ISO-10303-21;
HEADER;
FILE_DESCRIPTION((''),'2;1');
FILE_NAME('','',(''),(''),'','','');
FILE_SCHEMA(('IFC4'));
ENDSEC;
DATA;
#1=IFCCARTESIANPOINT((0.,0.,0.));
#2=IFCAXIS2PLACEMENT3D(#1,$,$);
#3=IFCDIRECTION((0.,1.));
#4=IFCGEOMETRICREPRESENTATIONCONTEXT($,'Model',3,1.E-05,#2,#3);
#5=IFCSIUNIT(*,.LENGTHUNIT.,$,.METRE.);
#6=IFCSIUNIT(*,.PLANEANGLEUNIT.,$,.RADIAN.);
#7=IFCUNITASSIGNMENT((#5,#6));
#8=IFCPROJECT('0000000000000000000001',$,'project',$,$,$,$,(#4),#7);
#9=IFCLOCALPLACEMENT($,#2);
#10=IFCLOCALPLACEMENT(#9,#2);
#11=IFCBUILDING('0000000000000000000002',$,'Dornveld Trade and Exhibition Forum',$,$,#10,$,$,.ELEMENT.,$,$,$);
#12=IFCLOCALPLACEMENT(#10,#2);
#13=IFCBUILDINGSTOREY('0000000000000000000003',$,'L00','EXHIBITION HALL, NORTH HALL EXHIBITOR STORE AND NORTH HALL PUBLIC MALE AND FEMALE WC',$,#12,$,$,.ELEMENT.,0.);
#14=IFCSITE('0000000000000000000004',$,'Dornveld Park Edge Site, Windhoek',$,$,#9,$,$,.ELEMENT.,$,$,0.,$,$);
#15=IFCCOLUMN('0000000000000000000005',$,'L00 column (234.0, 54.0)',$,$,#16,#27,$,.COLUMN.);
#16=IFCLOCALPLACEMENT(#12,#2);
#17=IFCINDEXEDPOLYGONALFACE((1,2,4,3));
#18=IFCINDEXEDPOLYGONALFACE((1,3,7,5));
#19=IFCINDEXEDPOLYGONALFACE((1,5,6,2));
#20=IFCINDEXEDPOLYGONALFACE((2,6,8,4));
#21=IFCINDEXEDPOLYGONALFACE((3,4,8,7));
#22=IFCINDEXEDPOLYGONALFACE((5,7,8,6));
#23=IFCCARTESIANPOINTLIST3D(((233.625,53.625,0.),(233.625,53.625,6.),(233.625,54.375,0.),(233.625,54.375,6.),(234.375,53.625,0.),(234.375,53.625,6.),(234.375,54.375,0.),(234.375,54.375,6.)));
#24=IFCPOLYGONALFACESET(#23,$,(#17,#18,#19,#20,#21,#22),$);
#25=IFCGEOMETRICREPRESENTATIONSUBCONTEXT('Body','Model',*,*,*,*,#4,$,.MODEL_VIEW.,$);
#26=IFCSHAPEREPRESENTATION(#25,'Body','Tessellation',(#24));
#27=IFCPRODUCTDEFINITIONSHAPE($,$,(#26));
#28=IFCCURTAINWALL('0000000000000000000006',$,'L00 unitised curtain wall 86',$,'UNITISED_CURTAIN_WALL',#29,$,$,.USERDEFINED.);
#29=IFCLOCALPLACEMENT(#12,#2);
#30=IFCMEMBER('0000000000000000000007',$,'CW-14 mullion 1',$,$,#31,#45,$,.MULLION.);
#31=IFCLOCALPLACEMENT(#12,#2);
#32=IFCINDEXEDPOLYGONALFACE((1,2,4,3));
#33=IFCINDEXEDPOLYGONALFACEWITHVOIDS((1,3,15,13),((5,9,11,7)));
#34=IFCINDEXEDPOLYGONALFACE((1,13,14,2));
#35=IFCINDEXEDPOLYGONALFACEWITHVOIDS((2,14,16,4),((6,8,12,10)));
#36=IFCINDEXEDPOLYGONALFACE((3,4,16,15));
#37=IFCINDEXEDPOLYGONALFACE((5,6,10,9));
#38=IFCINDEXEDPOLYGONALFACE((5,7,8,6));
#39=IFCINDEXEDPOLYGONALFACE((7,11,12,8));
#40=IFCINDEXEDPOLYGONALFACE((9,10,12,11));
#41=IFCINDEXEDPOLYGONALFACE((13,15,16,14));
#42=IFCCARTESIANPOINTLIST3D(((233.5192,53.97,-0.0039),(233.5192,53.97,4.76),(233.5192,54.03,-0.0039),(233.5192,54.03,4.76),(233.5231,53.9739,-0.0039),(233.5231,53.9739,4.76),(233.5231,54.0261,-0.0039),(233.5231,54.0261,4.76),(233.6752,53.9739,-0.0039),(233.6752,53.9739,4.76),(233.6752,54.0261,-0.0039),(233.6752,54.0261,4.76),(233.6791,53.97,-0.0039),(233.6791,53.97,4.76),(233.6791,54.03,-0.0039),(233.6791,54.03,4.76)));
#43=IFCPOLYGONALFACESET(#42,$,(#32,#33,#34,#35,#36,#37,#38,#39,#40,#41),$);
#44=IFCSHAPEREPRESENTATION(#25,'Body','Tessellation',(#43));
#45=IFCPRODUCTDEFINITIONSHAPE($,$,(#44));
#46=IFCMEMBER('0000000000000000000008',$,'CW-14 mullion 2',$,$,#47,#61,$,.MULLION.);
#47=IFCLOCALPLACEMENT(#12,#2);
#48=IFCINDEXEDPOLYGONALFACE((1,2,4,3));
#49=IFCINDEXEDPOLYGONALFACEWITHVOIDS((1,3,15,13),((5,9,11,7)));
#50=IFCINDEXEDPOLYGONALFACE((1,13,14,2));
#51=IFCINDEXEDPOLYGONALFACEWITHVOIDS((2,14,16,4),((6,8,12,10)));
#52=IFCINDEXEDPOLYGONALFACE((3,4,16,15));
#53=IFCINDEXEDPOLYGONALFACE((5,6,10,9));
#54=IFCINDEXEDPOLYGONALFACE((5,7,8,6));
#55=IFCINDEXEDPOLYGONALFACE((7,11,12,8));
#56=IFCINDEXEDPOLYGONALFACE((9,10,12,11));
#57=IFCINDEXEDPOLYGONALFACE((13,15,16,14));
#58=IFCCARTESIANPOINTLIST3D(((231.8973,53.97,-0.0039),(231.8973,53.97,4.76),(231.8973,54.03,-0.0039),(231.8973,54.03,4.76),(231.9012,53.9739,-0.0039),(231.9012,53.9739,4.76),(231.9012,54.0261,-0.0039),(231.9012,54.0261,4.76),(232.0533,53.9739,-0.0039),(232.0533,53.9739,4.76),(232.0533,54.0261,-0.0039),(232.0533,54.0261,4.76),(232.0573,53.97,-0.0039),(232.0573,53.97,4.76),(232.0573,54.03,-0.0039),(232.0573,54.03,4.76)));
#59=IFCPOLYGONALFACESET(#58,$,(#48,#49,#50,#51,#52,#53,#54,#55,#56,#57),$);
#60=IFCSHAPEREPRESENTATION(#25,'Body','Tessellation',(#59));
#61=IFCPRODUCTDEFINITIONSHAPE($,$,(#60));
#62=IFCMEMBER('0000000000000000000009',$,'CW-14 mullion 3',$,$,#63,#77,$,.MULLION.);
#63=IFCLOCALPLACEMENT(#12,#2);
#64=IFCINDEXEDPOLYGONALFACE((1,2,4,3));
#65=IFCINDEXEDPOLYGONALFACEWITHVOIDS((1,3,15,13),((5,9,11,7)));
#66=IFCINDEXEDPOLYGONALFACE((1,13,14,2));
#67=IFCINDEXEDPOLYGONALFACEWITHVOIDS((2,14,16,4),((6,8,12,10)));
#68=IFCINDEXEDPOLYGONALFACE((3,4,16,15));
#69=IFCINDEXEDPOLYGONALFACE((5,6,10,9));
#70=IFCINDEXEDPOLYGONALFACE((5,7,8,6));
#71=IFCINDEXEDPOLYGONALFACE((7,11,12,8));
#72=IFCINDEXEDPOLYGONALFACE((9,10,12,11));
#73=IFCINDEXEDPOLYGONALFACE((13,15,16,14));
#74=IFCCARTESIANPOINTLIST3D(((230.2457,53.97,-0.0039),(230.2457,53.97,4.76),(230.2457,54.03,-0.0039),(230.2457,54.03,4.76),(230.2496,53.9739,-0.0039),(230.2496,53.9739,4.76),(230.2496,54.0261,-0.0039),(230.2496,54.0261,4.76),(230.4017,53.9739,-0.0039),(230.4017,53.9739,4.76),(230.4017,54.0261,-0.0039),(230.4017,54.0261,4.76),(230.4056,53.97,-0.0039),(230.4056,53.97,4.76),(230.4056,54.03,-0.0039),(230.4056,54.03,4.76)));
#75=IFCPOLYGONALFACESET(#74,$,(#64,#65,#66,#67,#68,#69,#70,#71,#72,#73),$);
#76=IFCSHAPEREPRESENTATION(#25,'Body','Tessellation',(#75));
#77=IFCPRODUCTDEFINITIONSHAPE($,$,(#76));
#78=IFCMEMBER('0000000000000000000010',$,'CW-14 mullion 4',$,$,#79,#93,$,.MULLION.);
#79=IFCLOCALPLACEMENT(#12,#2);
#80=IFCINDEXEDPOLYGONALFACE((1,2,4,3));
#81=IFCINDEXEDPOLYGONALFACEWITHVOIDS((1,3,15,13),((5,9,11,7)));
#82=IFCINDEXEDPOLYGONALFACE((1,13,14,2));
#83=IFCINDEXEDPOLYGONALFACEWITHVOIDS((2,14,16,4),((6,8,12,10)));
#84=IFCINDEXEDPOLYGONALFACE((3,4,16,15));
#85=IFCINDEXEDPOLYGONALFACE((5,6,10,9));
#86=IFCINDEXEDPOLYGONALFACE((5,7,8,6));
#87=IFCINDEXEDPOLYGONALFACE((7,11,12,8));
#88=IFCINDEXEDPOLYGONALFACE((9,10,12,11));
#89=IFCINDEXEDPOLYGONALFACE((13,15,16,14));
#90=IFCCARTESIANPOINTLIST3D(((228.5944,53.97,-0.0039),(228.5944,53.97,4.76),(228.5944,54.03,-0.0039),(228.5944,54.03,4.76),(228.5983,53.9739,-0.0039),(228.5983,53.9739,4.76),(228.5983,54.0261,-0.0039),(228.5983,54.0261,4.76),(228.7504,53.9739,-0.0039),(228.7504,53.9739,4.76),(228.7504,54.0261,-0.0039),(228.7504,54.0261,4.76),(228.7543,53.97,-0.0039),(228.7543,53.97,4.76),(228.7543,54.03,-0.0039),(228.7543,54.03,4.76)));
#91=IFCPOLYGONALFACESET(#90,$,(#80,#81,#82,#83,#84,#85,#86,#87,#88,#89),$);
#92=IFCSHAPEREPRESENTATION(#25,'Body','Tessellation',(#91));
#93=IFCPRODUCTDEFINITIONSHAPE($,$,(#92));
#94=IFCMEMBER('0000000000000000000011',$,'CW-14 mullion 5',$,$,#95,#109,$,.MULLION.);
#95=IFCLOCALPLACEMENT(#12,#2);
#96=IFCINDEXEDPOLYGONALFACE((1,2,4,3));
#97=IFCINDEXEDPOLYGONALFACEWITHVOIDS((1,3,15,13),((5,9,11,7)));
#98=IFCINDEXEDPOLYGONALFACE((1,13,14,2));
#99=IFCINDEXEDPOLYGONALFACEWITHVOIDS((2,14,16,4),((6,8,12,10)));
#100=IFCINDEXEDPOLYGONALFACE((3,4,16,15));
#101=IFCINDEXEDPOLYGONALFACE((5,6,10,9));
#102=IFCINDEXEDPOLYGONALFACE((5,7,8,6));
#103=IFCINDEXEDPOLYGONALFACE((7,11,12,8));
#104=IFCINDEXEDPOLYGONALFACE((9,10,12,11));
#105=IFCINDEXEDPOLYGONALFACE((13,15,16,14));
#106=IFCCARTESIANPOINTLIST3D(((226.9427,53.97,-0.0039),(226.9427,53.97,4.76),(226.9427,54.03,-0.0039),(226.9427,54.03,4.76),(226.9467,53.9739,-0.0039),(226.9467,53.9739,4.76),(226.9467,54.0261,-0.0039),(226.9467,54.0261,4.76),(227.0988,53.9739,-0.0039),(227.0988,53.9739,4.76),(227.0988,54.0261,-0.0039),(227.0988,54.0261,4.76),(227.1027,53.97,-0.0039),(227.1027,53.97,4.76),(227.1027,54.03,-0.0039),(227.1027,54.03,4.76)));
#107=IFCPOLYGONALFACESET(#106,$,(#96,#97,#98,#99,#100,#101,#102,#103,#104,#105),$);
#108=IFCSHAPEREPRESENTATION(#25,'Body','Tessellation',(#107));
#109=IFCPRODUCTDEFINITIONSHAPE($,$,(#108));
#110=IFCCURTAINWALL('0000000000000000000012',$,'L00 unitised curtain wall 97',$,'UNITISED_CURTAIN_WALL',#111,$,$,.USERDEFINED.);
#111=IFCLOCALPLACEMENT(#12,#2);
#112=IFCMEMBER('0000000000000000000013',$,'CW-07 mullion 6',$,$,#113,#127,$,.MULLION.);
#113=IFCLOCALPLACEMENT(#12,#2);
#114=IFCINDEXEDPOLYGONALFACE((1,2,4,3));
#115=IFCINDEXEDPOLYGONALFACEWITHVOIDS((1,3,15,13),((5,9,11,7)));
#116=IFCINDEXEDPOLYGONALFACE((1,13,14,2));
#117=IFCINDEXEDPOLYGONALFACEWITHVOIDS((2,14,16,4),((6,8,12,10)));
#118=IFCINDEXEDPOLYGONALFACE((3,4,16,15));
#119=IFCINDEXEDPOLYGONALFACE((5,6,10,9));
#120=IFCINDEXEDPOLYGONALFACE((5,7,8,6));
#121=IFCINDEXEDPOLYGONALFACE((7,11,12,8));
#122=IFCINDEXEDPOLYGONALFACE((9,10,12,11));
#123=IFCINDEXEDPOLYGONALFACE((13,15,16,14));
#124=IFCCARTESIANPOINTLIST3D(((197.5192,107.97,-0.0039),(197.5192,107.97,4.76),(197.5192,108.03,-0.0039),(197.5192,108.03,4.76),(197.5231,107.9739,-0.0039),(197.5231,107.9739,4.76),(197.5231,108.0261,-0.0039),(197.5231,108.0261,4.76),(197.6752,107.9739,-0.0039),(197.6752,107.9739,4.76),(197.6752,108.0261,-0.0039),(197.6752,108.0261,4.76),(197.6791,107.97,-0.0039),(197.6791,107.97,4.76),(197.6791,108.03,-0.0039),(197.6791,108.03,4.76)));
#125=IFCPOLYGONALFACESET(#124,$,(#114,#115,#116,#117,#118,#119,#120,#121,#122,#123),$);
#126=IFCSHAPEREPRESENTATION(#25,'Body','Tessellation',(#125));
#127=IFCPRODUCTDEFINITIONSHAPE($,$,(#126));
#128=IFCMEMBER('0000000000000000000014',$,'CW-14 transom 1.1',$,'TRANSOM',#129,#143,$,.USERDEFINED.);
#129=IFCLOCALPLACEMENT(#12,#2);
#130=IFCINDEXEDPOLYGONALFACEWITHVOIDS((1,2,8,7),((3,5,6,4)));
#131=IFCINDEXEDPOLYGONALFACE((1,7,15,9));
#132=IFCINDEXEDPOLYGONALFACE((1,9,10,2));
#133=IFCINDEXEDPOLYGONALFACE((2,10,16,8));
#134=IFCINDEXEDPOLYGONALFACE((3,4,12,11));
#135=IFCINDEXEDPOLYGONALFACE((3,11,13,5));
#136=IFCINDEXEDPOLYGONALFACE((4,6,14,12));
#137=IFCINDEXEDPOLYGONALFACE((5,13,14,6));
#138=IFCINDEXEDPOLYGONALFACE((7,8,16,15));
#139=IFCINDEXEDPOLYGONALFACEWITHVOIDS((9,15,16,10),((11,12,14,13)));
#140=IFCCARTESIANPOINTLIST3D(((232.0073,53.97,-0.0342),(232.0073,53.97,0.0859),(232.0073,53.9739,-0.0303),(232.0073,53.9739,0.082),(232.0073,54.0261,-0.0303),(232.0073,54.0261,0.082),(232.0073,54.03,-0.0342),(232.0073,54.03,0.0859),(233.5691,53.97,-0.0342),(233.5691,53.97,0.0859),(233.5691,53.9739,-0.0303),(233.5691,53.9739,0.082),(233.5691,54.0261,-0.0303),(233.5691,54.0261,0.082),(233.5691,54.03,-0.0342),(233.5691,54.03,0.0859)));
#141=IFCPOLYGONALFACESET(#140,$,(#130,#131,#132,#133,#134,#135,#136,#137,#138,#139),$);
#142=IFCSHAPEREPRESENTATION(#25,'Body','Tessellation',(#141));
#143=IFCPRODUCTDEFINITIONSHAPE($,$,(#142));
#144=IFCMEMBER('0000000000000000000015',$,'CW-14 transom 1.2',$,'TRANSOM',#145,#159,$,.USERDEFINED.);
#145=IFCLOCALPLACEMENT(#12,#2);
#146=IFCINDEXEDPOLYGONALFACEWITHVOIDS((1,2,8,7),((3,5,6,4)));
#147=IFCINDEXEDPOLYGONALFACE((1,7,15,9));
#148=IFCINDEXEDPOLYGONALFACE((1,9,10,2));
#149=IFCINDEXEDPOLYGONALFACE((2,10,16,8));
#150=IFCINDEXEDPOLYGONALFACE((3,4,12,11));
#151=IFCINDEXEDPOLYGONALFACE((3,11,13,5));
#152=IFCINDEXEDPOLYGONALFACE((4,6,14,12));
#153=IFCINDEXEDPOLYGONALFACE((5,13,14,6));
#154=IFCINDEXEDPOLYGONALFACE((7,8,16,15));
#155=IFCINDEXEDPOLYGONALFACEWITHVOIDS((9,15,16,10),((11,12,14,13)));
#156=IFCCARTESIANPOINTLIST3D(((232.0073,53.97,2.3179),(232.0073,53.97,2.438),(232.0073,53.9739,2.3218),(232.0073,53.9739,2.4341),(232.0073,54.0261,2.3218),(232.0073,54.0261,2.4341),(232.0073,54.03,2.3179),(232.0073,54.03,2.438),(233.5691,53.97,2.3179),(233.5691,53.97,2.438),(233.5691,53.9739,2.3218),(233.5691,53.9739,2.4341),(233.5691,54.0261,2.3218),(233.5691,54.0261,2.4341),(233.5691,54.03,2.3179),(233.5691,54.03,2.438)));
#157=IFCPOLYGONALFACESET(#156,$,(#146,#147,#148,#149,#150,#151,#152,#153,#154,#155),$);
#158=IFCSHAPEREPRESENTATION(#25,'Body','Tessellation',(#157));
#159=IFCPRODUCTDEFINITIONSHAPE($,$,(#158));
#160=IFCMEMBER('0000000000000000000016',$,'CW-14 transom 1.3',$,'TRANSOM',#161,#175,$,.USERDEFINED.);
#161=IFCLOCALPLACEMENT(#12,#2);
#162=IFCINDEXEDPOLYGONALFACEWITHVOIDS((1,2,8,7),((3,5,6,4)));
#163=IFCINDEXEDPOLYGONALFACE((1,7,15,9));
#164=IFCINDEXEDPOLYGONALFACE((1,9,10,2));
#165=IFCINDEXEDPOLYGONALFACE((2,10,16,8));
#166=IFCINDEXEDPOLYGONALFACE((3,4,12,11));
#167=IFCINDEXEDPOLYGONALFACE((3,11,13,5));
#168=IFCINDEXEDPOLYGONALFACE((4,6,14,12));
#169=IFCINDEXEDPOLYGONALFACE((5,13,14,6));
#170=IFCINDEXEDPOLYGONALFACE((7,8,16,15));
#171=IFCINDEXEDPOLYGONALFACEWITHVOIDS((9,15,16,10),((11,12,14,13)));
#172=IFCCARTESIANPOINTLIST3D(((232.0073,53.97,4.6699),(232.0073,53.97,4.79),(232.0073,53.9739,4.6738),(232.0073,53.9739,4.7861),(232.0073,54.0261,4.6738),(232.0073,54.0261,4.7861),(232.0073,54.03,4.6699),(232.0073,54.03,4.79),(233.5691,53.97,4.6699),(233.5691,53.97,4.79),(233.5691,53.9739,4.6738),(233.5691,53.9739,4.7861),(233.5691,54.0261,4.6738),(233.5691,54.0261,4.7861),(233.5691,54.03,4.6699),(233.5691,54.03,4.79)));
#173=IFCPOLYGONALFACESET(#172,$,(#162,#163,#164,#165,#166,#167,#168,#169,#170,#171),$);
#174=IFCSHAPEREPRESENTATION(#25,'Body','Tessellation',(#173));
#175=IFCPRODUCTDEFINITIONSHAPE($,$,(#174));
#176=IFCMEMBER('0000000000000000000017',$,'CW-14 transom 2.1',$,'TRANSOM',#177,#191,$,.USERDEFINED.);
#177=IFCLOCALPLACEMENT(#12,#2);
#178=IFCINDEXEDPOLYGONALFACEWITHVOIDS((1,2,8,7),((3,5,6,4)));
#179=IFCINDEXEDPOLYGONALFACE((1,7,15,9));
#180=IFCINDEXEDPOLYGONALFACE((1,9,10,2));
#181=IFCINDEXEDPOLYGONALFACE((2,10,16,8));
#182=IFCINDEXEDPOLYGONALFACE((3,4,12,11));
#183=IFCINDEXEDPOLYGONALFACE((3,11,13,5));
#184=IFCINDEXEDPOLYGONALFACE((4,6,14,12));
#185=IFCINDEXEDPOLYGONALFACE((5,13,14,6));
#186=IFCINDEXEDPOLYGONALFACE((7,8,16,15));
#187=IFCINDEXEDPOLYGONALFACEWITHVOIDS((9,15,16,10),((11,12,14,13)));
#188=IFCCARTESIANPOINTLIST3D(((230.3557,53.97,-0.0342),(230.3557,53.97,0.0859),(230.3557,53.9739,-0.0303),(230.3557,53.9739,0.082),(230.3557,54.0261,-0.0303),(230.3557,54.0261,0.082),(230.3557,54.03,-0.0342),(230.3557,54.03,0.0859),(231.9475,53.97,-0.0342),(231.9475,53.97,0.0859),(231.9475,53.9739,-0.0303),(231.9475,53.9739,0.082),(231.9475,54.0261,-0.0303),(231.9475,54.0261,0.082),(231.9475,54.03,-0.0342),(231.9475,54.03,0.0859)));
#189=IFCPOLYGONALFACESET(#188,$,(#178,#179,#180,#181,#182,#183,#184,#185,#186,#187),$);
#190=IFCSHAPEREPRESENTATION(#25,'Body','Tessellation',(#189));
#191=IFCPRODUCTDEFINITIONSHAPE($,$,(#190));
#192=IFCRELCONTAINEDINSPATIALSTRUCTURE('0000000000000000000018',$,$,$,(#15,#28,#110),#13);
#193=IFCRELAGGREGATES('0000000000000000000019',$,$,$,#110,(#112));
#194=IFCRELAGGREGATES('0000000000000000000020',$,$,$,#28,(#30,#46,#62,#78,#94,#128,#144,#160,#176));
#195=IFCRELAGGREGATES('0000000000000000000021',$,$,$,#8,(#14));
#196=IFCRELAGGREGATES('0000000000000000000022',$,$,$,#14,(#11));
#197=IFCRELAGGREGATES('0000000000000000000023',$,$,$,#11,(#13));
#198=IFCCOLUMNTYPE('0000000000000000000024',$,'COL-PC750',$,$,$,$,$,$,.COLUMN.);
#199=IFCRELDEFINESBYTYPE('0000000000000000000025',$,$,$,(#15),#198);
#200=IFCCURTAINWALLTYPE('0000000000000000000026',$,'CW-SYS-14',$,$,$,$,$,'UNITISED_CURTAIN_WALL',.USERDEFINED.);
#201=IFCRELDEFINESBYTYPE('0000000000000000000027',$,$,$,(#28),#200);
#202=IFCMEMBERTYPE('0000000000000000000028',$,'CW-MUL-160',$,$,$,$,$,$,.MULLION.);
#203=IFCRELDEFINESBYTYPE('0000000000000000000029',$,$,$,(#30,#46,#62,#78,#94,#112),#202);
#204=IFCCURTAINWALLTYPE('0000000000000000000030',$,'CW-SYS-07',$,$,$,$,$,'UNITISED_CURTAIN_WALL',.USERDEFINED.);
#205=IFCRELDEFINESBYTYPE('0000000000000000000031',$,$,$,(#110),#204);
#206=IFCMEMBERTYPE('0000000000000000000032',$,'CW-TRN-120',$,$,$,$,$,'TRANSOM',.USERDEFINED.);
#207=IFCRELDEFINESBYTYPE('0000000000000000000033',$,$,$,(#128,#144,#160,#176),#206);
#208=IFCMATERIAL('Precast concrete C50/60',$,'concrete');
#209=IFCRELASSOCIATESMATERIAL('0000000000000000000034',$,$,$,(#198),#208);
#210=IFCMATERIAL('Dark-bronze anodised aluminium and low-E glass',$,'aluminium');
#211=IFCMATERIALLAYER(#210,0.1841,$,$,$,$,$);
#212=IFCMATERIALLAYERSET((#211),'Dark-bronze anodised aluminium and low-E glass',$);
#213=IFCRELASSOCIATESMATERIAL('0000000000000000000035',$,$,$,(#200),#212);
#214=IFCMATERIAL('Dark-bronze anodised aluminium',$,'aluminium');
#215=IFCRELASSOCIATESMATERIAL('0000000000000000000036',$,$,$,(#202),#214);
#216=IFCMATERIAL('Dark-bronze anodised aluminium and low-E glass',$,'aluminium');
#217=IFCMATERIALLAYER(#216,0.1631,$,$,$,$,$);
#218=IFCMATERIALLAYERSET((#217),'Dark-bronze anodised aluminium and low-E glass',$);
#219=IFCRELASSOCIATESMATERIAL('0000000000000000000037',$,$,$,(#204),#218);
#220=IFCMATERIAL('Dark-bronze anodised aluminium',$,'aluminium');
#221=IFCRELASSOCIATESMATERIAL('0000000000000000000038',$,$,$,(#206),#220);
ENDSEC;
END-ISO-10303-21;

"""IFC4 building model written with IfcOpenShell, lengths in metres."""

from ifc_helpers import new_model, si_unit, direction, frame, origin, origin_2d, place, context, subcontext, project, spatial, rectangle, hollow_rectangle, extrude, material, layer, layer_set, material_profile, profile_set, type_object, element, aggregate, save


model = new_model("IFC4")

# Units and contexts
model_context = context("Model", 3, precision=1e-05, world=origin(), true_north=direction((0.0, 1.0)))
body_context = subcontext(model_context, "Body", "Model", "MODEL_VIEW")
ifc_project = project(units=[si_unit("LENGTHUNIT", "METRE"), si_unit("PLANEANGLEUNIT", "RADIAN")], contexts=[model_context])

# Site, building, storey
site_placement = place(None, origin())
site = spatial("IfcSite", under=ifc_project, at=site_placement, Name="Dornveld Park Edge Site, Windhoek", CompositionType="ELEMENT", RefElevation=0.0)
building_placement = place(site_placement, origin())
building = spatial("IfcBuilding", under=site, at=building_placement, Name="Dornveld Trade and Exhibition Forum", CompositionType="ELEMENT")
storey_placement = place(building_placement, origin())
storey = spatial("IfcBuildingStorey", under=building, at=storey_placement, Name="L00", Description="EXHIBITION HALL, NORTH HALL EXHIBITOR STORE AND NORTH HALL PUBLIC MALE AND FEMALE WC", CompositionType="ELEMENT", Elevation=0.0)

# Column
ifc_material_1 = material(Name="Precast concrete C50/60", Category="concrete")
ifc_material_profile_1 = material_profile(ifc_material_1, rectangle(XDim=0.75, YDim=0.75, at=origin_2d()), Name="PC-COL 750x750")
ifc_profile_set_1 = profile_set([ifc_material_profile_1], Name="Precast concrete C50/60")
column_type = type_object("IfcColumnType", Name="COL-PC750", PredefinedType="COLUMN", material=ifc_profile_set_1)
column_placement = place(storey_placement, frame((234.0, 54.0, 0.0), z_axis=(0.0, 0.0, 1.0), x_axis=(1.0, 0.0, 0.0)))
element("IfcColumn", 1, at=column_placement, inside=storey, type_object=column_type, Name="L00 column (234.0, 54.0)", PredefinedType="COLUMN", context=body_context, shape_type="SweptSolid", body=[
    extrude(rectangle(XDim=0.75, YDim=0.75, at=origin_2d()), origin(), (0.0, 0.0, 1.0), 6.0),
])

# Curtain wall, members
ifc_material_2 = material(Name="Dark-bronze anodised aluminium and low-E glass", Category="aluminium")
ifc_layer_1 = layer(ifc_material_2, 0.1841)
ifc_layer_set_1 = layer_set([ifc_layer_1], Name="Dark-bronze anodised aluminium and low-E glass")
curtain_wall_type_1 = type_object("IfcCurtainWallType", Name="CW-SYS-14", ElementType="UNITISED_CURTAIN_WALL", PredefinedType="USERDEFINED", material=ifc_layer_set_1)
curtain_wall_1_placement = place(storey_placement, origin())
curtain_wall_1 = element("IfcCurtainWall", 2, at=curtain_wall_1_placement, inside=storey, type_object=curtain_wall_type_1, Name="L00 unitised curtain wall 86", ObjectType="UNITISED_CURTAIN_WALL", PredefinedType="USERDEFINED")
ifc_material_3 = material(Name="Dark-bronze anodised aluminium", Category="aluminium")
ifc_material_profile_2 = material_profile(ifc_material_3, hollow_rectangle(XDim=0.0601, YDim=0.1599, WallThickness=0.0039, at=origin_2d()), Name="RHS 160x60x4")
ifc_profile_set_2 = profile_set([ifc_material_profile_2], Name="Dark-bronze anodised aluminium")
member_type_1 = type_object("IfcMemberType", Name="CW-MUL-160", PredefinedType="MULLION", material=ifc_profile_set_2)
member_1_placement = place(storey_placement, frame((233.5991, 54.0, -0.0039), z_axis=(0.0, 0.0, 1.0), x_axis=(0.0, -1.0, 0.0)))
member_1 = element("IfcMember", 3, at=member_1_placement, type_object=member_type_1, Name="CW-14 mullion 1", PredefinedType="MULLION", context=body_context, shape_type="SweptSolid", body=[
    extrude(hollow_rectangle(XDim=0.0601, YDim=0.1599, WallThickness=0.0039, at=origin_2d()), origin(), (0.0, 0.0, 1.0), 4.7639),
])
member_2_placement = place(storey_placement, frame((231.9773, 54.0, -0.0039), z_axis=(0.0, 0.0, 1.0), x_axis=(0.0, -1.0, 0.0)))
member_2 = element("IfcMember", 4, at=member_2_placement, type_object=member_type_1, Name="CW-14 mullion 2", PredefinedType="MULLION", context=body_context, shape_type="SweptSolid", body=[
    extrude(hollow_rectangle(XDim=0.0601, YDim=0.1599, WallThickness=0.0039, at=origin_2d()), origin(), (0.0, 0.0, 1.0), 4.7639),
])
member_3_placement = place(storey_placement, frame((230.3257, 54.0, -0.0039), z_axis=(0.0, 0.0, 1.0), x_axis=(0.0, -1.0, 0.0)))
member_3 = element("IfcMember", 5, at=member_3_placement, type_object=member_type_1, Name="CW-14 mullion 3", PredefinedType="MULLION", context=body_context, shape_type="SweptSolid", body=[
    extrude(hollow_rectangle(XDim=0.0601, YDim=0.1599, WallThickness=0.0039, at=origin_2d()), origin(), (0.0, 0.0, 1.0), 4.7639),
])
member_4_placement = place(storey_placement, frame((228.6743, 54.0, -0.0039), z_axis=(0.0, 0.0, 1.0), x_axis=(0.0, -1.0, 0.0)))
member_4 = element("IfcMember", 6, at=member_4_placement, type_object=member_type_1, Name="CW-14 mullion 4", PredefinedType="MULLION", context=body_context, shape_type="SweptSolid", body=[
    extrude(hollow_rectangle(XDim=0.0601, YDim=0.1599, WallThickness=0.0039, at=origin_2d()), origin(), (0.0, 0.0, 1.0), 4.7639),
])
member_5_placement = place(storey_placement, frame((227.0227, 54.0, -0.0039), z_axis=(0.0, 0.0, 1.0), x_axis=(0.0, -1.0, 0.0)))
member_5 = element("IfcMember", 7, at=member_5_placement, type_object=member_type_1, Name="CW-14 mullion 5", PredefinedType="MULLION", context=body_context, shape_type="SweptSolid", body=[
    extrude(hollow_rectangle(XDim=0.0601, YDim=0.1599, WallThickness=0.0039, at=origin_2d()), origin(), (0.0, 0.0, 1.0), 4.7639),
])

# Curtain wall, member
ifc_material_4 = material(Name="Dark-bronze anodised aluminium and low-E glass", Category="aluminium")
ifc_layer_2 = layer(ifc_material_4, 0.1631)
ifc_layer_set_2 = layer_set([ifc_layer_2], Name="Dark-bronze anodised aluminium and low-E glass")
curtain_wall_type_2 = type_object("IfcCurtainWallType", Name="CW-SYS-07", ElementType="UNITISED_CURTAIN_WALL", PredefinedType="USERDEFINED", material=ifc_layer_set_2)
curtain_wall_2_placement = place(storey_placement, origin())
curtain_wall_2 = element("IfcCurtainWall", 8, at=curtain_wall_2_placement, inside=storey, type_object=curtain_wall_type_2, Name="L00 unitised curtain wall 97", ObjectType="UNITISED_CURTAIN_WALL", PredefinedType="USERDEFINED")
member_6_placement = place(storey_placement, frame((197.5991, 108.0, -0.0039), z_axis=(0.0, 0.0, 1.0), x_axis=(0.0, 1.0, 0.0)))
member_6 = element("IfcMember", 9, at=member_6_placement, type_object=member_type_1, Name="CW-07 mullion 6", PredefinedType="MULLION", context=body_context, shape_type="SweptSolid", body=[
    extrude(hollow_rectangle(XDim=0.0601, YDim=0.1599, WallThickness=0.0039, at=origin_2d()), origin(), (0.0, 0.0, 1.0), 4.7639),
])

# Members
ifc_material_5 = material(Name="Dark-bronze anodised aluminium", Category="aluminium")
ifc_material_profile_3 = material_profile(ifc_material_5, hollow_rectangle(XDim=0.0601, YDim=0.1201, WallThickness=0.0039, at=origin_2d()), Name="RHS 120x60x4")
ifc_profile_set_3 = profile_set([ifc_material_profile_3], Name="Dark-bronze anodised aluminium")
member_type_2 = type_object("IfcMemberType", Name="CW-TRN-120", ElementType="TRANSOM", PredefinedType="USERDEFINED", material=ifc_profile_set_3)
member_7_placement = place(storey_placement, frame((233.5691, 54.0, 0.0259), z_axis=(-1.0, 0.0, 0.0), x_axis=(0.0, -1.0, 0.0)))
member_7 = element("IfcMember", 10, at=member_7_placement, type_object=member_type_2, Name="CW-14 transom 1.1", ObjectType="TRANSOM", PredefinedType="USERDEFINED", context=body_context, shape_type="SweptSolid", body=[
    extrude(hollow_rectangle(XDim=0.0601, YDim=0.1201, WallThickness=0.0039, at=origin_2d()), origin(), (0.0, 0.0, 1.0), 1.5618),
])
member_8_placement = place(storey_placement, frame((233.5691, 54.0, 2.3779), z_axis=(-1.0, 0.0, 0.0), x_axis=(0.0, -1.0, 0.0)))
member_8 = element("IfcMember", 11, at=member_8_placement, type_object=member_type_2, Name="CW-14 transom 1.2", ObjectType="TRANSOM", PredefinedType="USERDEFINED", context=body_context, shape_type="SweptSolid", body=[
    extrude(hollow_rectangle(XDim=0.0601, YDim=0.1201, WallThickness=0.0039, at=origin_2d()), origin(), (0.0, 0.0, 1.0), 1.5618),
])
member_9_placement = place(storey_placement, frame((233.5691, 54.0, 4.73), z_axis=(-1.0, 0.0, 0.0), x_axis=(0.0, -1.0, 0.0)))
member_9 = element("IfcMember", 12, at=member_9_placement, type_object=member_type_2, Name="CW-14 transom 1.3", ObjectType="TRANSOM", PredefinedType="USERDEFINED", context=body_context, shape_type="SweptSolid", body=[
    extrude(hollow_rectangle(XDim=0.0601, YDim=0.1201, WallThickness=0.0039, at=origin_2d()), origin(), (0.0, 0.0, 1.0), 1.5618),
])
member_10_placement = place(storey_placement, frame((231.9475, 54.0, 0.0259), z_axis=(-1.0, 0.0, 0.0), x_axis=(0.0, -1.0, 0.0)))
member_10 = element("IfcMember", 13, at=member_10_placement, type_object=member_type_2, Name="CW-14 transom 2.1", ObjectType="TRANSOM", PredefinedType="USERDEFINED", context=body_context, shape_type="SweptSolid", body=[
    extrude(hollow_rectangle(XDim=0.0601, YDim=0.1201, WallThickness=0.0039, at=origin_2d()), origin(), (0.0, 0.0, 1.0), 1.5918),
])

aggregate(curtain_wall_2, [member_6])
aggregate(curtain_wall_1, [member_1, member_2, member_3, member_4, member_5, member_7, member_8, member_9, member_10])

save(model, "model.ifc")
